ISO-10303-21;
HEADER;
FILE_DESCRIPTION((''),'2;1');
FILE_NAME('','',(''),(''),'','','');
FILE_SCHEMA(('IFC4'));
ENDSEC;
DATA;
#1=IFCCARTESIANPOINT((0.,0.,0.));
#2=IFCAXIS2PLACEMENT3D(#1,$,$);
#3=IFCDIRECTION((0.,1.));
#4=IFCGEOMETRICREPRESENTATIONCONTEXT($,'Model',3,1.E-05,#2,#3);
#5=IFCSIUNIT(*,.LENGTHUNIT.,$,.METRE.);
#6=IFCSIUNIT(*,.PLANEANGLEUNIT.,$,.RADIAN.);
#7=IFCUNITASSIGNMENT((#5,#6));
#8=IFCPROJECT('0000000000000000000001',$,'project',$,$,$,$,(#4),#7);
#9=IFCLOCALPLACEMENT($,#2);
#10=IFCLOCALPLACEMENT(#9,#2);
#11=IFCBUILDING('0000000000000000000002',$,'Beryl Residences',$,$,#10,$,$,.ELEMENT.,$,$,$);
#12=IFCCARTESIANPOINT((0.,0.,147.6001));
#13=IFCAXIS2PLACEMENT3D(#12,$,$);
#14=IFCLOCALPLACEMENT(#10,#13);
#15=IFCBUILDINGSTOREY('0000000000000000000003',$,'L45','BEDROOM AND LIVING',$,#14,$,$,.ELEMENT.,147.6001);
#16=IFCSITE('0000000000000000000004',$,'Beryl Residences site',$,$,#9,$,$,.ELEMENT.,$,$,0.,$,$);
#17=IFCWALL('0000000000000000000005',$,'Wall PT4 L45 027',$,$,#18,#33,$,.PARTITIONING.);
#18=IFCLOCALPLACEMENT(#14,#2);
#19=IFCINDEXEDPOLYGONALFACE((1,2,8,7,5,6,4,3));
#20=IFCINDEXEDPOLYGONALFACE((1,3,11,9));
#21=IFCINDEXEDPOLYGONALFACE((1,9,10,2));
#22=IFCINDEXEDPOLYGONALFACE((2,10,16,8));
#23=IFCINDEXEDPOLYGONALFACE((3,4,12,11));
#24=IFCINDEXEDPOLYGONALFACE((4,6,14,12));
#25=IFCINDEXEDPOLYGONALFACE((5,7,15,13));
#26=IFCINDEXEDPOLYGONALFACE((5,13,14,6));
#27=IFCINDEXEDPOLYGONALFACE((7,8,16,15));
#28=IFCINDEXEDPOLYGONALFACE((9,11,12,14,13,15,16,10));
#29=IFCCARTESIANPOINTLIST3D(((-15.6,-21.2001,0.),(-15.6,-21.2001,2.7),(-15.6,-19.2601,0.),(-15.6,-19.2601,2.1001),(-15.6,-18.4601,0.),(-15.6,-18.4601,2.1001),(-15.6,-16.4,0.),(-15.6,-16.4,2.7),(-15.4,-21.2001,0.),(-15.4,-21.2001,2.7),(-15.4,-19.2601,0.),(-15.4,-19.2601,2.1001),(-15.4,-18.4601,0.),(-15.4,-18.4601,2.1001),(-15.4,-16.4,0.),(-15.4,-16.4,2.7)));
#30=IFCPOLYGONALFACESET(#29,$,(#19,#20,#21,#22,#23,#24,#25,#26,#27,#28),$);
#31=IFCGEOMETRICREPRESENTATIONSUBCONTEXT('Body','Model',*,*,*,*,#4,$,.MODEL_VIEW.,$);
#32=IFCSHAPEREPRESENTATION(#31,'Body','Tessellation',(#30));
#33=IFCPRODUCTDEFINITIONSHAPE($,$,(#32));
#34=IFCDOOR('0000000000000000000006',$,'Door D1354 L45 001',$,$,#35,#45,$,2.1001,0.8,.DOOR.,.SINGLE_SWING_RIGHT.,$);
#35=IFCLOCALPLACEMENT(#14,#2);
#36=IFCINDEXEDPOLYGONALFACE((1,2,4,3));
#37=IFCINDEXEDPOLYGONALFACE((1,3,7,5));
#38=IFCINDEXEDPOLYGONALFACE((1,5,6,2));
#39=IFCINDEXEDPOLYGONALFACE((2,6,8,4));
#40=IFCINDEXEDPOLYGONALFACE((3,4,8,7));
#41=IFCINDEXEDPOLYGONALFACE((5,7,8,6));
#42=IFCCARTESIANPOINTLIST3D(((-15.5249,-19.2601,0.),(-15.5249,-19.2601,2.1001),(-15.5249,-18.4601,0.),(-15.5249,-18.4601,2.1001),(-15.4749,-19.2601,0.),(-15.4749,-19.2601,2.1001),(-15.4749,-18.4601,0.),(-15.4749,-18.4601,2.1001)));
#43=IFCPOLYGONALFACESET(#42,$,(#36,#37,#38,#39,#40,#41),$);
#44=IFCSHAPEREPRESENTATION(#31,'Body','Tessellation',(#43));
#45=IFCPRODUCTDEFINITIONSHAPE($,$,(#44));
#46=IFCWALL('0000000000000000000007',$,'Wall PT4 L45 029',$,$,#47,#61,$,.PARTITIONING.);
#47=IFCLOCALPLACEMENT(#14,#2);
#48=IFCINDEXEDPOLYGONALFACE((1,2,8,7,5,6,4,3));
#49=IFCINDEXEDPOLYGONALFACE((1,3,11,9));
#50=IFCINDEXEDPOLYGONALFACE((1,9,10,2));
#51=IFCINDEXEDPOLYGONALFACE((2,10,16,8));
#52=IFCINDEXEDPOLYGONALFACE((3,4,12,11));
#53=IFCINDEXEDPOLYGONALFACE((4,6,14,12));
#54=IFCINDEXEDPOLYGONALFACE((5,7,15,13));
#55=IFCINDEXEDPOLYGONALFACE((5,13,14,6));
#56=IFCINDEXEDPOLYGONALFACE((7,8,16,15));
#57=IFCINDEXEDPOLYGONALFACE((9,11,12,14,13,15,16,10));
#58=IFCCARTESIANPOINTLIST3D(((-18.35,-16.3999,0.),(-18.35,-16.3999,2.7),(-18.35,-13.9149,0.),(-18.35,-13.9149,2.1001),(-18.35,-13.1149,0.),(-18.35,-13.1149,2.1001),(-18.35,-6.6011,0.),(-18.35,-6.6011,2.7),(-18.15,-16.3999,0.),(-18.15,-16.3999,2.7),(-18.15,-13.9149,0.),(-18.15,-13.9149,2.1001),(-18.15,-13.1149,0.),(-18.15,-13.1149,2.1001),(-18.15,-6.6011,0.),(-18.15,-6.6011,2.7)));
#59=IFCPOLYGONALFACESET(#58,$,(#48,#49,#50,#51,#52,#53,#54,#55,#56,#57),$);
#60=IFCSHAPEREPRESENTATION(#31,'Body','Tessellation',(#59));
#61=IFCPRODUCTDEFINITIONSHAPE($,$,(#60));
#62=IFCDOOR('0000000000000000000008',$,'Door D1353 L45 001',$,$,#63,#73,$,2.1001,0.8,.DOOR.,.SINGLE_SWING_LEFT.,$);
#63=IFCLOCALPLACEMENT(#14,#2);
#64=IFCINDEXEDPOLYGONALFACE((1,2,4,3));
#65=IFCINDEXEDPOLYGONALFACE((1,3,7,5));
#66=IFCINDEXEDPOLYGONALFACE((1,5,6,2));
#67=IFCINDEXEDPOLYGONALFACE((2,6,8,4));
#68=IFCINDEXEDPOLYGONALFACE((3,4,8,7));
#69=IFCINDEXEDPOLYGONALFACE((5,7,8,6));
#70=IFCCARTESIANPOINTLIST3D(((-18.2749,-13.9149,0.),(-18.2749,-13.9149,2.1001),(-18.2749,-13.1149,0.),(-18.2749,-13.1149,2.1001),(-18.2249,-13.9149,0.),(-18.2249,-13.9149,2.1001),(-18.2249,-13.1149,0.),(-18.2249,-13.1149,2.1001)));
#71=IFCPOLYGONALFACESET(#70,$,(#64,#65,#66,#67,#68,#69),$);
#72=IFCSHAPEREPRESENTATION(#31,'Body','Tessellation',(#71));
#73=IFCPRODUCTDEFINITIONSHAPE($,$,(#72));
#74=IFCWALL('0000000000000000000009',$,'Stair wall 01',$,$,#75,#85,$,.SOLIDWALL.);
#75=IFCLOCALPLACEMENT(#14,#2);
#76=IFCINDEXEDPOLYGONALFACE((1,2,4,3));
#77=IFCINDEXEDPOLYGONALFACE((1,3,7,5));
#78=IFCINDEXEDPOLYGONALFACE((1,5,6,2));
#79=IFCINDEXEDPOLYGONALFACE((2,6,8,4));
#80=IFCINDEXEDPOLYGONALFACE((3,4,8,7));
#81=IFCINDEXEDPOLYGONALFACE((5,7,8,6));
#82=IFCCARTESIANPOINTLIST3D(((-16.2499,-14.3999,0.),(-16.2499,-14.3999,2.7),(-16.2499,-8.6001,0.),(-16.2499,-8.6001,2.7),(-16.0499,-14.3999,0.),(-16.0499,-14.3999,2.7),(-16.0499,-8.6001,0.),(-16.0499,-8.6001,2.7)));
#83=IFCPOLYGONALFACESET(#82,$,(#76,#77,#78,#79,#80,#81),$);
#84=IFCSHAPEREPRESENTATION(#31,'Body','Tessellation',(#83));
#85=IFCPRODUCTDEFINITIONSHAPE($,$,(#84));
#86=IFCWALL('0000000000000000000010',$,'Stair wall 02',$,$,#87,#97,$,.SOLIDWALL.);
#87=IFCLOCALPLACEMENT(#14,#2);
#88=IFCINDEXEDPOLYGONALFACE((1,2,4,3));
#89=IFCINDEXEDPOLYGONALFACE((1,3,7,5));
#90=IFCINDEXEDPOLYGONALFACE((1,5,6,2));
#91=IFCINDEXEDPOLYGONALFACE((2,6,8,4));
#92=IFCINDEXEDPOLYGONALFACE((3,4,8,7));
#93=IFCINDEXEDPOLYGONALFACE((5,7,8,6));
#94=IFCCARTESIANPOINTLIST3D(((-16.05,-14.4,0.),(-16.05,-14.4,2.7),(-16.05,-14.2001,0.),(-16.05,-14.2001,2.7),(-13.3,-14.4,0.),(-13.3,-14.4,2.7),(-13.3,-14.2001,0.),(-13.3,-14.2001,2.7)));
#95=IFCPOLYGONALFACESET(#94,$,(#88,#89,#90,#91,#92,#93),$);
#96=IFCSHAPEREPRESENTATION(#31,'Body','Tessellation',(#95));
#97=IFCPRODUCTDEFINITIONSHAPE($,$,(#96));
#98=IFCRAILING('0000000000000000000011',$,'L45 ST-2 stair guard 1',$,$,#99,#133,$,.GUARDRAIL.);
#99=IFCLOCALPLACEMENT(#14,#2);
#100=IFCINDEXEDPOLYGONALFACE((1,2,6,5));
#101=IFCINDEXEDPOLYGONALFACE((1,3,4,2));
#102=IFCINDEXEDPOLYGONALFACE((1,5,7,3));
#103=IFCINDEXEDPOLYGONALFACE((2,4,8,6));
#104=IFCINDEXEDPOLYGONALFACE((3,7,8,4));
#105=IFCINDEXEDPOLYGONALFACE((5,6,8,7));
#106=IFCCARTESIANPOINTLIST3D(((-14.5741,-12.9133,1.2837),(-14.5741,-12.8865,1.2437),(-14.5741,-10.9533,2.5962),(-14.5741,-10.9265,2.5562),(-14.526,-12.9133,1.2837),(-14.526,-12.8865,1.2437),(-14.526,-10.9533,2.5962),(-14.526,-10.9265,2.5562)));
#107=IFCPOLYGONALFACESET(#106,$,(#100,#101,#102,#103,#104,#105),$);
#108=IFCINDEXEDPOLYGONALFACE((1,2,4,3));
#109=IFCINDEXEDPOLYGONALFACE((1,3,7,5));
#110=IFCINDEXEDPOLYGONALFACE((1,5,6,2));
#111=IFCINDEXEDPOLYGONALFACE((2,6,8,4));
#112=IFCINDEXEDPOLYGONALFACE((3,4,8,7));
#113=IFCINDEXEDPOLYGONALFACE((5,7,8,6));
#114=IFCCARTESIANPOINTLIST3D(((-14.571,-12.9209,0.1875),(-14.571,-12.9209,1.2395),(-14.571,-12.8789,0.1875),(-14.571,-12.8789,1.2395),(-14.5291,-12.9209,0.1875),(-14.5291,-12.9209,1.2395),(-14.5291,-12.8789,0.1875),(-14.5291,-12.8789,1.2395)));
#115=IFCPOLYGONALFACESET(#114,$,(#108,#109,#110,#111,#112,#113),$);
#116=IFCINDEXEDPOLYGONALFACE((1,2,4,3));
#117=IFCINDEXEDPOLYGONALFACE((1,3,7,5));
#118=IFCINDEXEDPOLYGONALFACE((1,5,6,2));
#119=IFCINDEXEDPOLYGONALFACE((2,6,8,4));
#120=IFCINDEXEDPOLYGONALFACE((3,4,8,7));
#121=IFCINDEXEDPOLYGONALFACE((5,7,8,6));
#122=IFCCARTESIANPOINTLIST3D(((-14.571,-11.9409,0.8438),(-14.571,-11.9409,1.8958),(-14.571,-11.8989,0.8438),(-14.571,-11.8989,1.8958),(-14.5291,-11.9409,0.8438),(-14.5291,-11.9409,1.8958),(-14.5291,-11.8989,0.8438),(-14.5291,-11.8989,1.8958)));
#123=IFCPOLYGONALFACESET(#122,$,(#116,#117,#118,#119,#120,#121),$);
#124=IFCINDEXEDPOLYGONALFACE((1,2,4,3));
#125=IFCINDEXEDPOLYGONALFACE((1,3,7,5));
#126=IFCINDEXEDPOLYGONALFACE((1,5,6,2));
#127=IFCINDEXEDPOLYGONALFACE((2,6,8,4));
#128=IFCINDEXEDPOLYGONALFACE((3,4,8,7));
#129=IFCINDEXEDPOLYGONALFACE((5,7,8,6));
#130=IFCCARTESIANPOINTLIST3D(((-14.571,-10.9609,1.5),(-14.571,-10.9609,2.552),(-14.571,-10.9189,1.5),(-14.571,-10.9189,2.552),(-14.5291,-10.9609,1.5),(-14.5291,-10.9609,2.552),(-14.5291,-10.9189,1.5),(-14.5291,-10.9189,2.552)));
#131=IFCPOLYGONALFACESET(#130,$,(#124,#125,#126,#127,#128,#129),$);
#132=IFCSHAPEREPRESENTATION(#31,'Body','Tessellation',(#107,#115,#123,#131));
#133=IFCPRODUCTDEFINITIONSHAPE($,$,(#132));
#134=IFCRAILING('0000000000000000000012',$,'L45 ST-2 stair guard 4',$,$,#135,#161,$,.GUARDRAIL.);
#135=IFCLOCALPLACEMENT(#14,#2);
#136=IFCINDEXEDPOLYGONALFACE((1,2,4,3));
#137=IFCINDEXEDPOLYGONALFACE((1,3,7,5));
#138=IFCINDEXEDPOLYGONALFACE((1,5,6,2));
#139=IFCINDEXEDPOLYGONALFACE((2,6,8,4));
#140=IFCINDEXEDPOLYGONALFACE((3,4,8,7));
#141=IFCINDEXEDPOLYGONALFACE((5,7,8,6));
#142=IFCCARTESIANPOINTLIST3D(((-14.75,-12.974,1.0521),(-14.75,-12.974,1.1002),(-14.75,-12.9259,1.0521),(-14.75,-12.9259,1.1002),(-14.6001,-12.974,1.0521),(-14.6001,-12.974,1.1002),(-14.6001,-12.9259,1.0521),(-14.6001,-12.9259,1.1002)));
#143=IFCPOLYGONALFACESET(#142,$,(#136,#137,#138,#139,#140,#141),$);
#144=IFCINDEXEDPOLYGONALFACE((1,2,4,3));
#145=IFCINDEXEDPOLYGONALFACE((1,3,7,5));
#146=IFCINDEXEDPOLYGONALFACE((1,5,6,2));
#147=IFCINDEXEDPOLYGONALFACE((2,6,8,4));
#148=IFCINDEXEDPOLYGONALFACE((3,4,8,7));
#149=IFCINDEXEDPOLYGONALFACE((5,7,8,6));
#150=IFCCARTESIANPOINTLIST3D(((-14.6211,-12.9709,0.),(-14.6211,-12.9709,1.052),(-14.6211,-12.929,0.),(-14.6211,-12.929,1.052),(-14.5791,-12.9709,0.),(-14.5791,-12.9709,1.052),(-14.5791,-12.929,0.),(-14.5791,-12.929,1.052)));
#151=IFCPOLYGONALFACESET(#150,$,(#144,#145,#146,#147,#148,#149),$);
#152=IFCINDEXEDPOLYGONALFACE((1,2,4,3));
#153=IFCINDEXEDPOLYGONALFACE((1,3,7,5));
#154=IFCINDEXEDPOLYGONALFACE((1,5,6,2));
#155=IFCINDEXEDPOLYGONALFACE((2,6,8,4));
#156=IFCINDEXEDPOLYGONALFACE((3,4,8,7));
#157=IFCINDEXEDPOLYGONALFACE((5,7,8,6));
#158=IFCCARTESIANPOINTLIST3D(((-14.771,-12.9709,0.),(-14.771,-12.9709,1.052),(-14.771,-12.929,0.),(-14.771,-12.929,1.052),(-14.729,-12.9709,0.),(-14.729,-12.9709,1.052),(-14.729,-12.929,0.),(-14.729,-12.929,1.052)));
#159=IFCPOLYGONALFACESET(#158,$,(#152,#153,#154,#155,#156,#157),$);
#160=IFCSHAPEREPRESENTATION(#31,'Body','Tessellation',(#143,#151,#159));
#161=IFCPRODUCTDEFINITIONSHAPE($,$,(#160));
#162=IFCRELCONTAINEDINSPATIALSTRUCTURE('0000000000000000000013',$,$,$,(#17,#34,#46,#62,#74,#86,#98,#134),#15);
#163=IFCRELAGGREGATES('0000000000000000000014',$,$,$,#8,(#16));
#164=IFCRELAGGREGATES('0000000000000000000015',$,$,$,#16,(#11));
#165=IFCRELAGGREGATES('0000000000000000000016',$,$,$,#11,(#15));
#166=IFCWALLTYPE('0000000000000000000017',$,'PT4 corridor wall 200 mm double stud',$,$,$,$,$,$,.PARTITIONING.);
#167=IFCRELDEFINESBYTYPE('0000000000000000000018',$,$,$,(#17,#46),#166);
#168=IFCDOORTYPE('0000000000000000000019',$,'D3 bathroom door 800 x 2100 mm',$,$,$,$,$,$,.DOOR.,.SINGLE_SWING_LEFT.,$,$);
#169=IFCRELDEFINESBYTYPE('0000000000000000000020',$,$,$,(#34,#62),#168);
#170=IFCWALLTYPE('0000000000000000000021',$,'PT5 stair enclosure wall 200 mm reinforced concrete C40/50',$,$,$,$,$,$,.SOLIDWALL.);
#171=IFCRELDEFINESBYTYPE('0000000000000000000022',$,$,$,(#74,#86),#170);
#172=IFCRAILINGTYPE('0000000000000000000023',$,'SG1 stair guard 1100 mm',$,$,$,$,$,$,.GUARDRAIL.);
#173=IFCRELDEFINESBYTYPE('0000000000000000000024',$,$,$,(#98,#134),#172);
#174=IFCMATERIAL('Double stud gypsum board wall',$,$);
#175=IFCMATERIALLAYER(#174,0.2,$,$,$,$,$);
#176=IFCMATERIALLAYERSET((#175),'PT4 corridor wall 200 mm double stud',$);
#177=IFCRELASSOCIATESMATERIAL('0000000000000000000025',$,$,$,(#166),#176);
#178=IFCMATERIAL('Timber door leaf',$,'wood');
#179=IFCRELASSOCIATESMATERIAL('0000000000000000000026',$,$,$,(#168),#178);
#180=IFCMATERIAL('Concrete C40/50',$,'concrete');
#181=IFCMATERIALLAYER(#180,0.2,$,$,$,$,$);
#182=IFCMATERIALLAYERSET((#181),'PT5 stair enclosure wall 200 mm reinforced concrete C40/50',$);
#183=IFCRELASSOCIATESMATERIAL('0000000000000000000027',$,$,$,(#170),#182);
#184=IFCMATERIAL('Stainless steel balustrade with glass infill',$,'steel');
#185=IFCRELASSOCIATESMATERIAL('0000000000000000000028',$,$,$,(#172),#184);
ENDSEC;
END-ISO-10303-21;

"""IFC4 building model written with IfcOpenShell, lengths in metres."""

from ifc_helpers import new_model, si_unit, direction, frame, frame_2d, origin, origin_2d, place, context, subcontext, project, spatial, rectangle, extrude, material, layer, layer_set, type_object, element, fill, save


model = new_model("IFC4")

# Units and contexts
model_context = context("Model", 3, precision=1e-05, world=origin(), true_north=direction((0.0, 1.0)))
body_context = subcontext(model_context, "Body", "Model", "MODEL_VIEW")
ifc_project = project(units=[si_unit("LENGTHUNIT", "METRE"), si_unit("PLANEANGLEUNIT", "RADIAN")], contexts=[model_context])

# Site, building, storey
site_placement = place(None, origin())
site = spatial("IfcSite", under=ifc_project, at=site_placement, Name="Beryl Residences site", CompositionType="ELEMENT", RefElevation=0.0)
building_placement = place(site_placement, origin())
building = spatial("IfcBuilding", under=site, at=building_placement, Name="Beryl Residences", CompositionType="ELEMENT")
storey_placement = place(building_placement, frame((0.0, 0.0, 147.6001)))
storey = spatial("IfcBuildingStorey", under=building, at=storey_placement, Name="L45", Description="BEDROOM AND LIVING", CompositionType="ELEMENT", Elevation=147.6001)

# Shared definitions
ifc_material_1 = material(Name="Double stud gypsum board wall")
ifc_layer_1 = layer(ifc_material_1, 0.2)
ifc_layer_set_1 = layer_set([ifc_layer_1], Name="PT4 corridor wall 200 mm double stud")
wall_type_1 = type_object("IfcWallType", Name="PT4 corridor wall 200 mm double stud", PredefinedType="PARTITIONING", material=ifc_layer_set_1)

# Shared definitions
ifc_material_2 = material(Name="Timber door leaf", Category="wood")
door_type_1 = type_object("IfcDoorType", Name="D3 bathroom door 800 x 2100 mm", OperationType="SINGLE_SWING_LEFT", PredefinedType="DOOR", material=ifc_material_2)

# Walls, openings, doors
wall_1_placement = place(storey_placement, frame((-15.5, -21.2, 0.0), z_axis=(0.0, 0.0, 1.0), x_axis=(0.0, 1.0, 0.0)))
wall_1 = element("IfcWall", 1, at=wall_1_placement, inside=storey, type_object=wall_type_1, Name="Wall PT4 L45 027", PredefinedType="PARTITIONING", context=body_context, shape_type="SweptSolid", body=[
    extrude(rectangle(XDim=4.8, YDim=0.2, at=frame_2d((2.3999, 0.0))), origin(), (0.0, 0.0, 1.0), 2.7),
])
opening_1_placement = place(wall_1_placement, frame((1.9399, 0.0, 0.0)))
opening_1 = element("IfcOpeningElement", 2, at=opening_1_placement, cuts=wall_1, PredefinedType="OPENING", context=body_context, shape_type="SweptSolid", body=[
    extrude(rectangle(XDim=0.8, YDim=2.1001, at=frame_2d((0.3999, 1.05))), frame((0.0, 0.1099, 0.0), z_axis=(0.0, -1.0, 0.0), x_axis=(1.0, 0.0, 0.0)), (0.0, 0.0, 1.0), 0.22),
])
door_1_placement = place(opening_1_placement, origin())
door_1 = element("IfcDoor", 3, at=door_1_placement, inside=storey, type_object=door_type_1, Name="Door D1354 L45 001", OperationType="SINGLE_SWING_RIGHT", OverallHeight=2.1001, OverallWidth=0.8, PredefinedType="DOOR", context=body_context, shape_type="SweptSolid", body=[
    extrude(rectangle(XDim=0.8, YDim=2.1001, at=frame_2d((0.3999, 1.05))), frame((0.0, 0.0249, 0.0), z_axis=(0.0, -1.0, 0.0), x_axis=(1.0, 0.0, 0.0)), (0.0, 0.0, 1.0), 0.05),
])
fill(opening_1, door_1)
wall_2_placement = place(storey_placement, frame((-18.25, -16.3999, 0.0), z_axis=(0.0, 0.0, 1.0), x_axis=(0.0, 1.0, 0.0)))
wall_2 = element("IfcWall", 4, at=wall_2_placement, inside=storey, type_object=wall_type_1, Name="Wall PT4 L45 029", PredefinedType="PARTITIONING", context=body_context, shape_type="SweptSolid", body=[
    extrude(rectangle(XDim=9.7988, YDim=0.2, at=frame_2d((4.8994, 0.0))), origin(), (0.0, 0.0, 1.0), 2.7),
])
opening_2_placement = place(wall_2_placement, frame((2.4851, 0.0, 0.0)))
opening_2 = element("IfcOpeningElement", 5, at=opening_2_placement, cuts=wall_2, PredefinedType="OPENING", context=body_context, shape_type="SweptSolid", body=[
    extrude(rectangle(XDim=0.8, YDim=2.1001, at=frame_2d((0.3999, 1.05))), frame((0.0, 0.1099, 0.0), z_axis=(0.0, -1.0, 0.0), x_axis=(1.0, 0.0, 0.0)), (0.0, 0.0, 1.0), 0.22),
])
door_2_placement = place(opening_2_placement, origin())
door_2 = element("IfcDoor", 6, at=door_2_placement, inside=storey, type_object=door_type_1, Name="Door D1353 L45 001", OperationType="SINGLE_SWING_LEFT", OverallHeight=2.1001, OverallWidth=0.8, PredefinedType="DOOR", context=body_context, shape_type="SweptSolid", body=[
    extrude(rectangle(XDim=0.8, YDim=2.1001, at=frame_2d((0.3999, 1.05))), frame((0.0, 0.0249, 0.0), z_axis=(0.0, -1.0, 0.0), x_axis=(1.0, 0.0, 0.0)), (0.0, 0.0, 1.0), 0.05),
])
fill(opening_2, door_2)

# Walls
ifc_material_3 = material(Name="Concrete C40/50", Category="concrete")
ifc_layer_2 = layer(ifc_material_3, 0.2)
ifc_layer_set_2 = layer_set([ifc_layer_2], Name="PT5 stair enclosure wall 200 mm reinforced concrete C40/50")
wall_type_2 = type_object("IfcWallType", Name="PT5 stair enclosure wall 200 mm reinforced concrete C40/50", PredefinedType="SOLIDWALL", material=ifc_layer_set_2)
wall_3_placement = place(storey_placement, frame((-16.1499, -14.3999, 0.0), z_axis=(0.0, 0.0, 1.0), x_axis=(0.0, 1.0, 0.0)))
element("IfcWall", 7, at=wall_3_placement, inside=storey, type_object=wall_type_2, Name="Stair wall 01", PredefinedType="SOLIDWALL", context=body_context, shape_type="SweptSolid", body=[
    extrude(rectangle(XDim=5.7998, YDim=0.2, at=frame_2d((2.8999, 0.0))), origin(), (0.0, 0.0, 1.0), 2.7),
])
wall_4_placement = place(storey_placement, frame((-16.05, -14.3, 0.0), z_axis=(0.0, 0.0, 1.0), x_axis=(1.0, 0.0, 0.0)))
element("IfcWall", 8, at=wall_4_placement, inside=storey, type_object=wall_type_2, Name="Stair wall 02", PredefinedType="SOLIDWALL", context=body_context, shape_type="SweptSolid", body=[
    extrude(rectangle(XDim=2.75, YDim=0.2, at=frame_2d((1.375, 0.0))), origin(), (0.0, 0.0, 1.0), 2.7),
])

# Railings
ifc_material_4 = material(Name="Stainless steel balustrade with glass infill", Category="steel")
railing_type = type_object("IfcRailingType", Name="SG1 stair guard 1100 mm", PredefinedType="GUARDRAIL", material=ifc_material_4)
railing_1_placement = place(storey_placement, frame((-14.55, -12.8999, 0.1875)))
element("IfcRailing", 9, at=railing_1_placement, inside=storey, type_object=railing_type, Name="L45 ST-2 stair guard 1", PredefinedType="GUARDRAIL", context=body_context, shape_type="SweptSolid", body=[
    extrude(rectangle(XDim=0.0481, YDim=0.0481, at=origin_2d()), frame((0.0, 0.0, 1.0762), z_axis=(0.0, 0.830902, 0.556419), x_axis=(-1.0, 0.0, 0.0)), (0.0, 0.0, 1.0), 2.3589),
    extrude(rectangle(XDim=0.042, YDim=0.042, at=origin_2d()), origin(), (0.0, 0.0, 1.0), 1.052),
    extrude(rectangle(XDim=0.042, YDim=0.042, at=origin_2d()), frame((0.0, 0.98, 0.6562)), (0.0, 0.0, 1.0), 1.052),
    extrude(rectangle(XDim=0.042, YDim=0.042, at=origin_2d()), frame((0.0, 1.96, 1.3125)), (0.0, 0.0, 1.0), 1.052),
])
railing_2_placement = place(storey_placement, frame((-14.6001, -12.95, 0.0)))
element("IfcRailing", 10, at=railing_2_placement, inside=storey, type_object=railing_type, Name="L45 ST-2 stair guard 4", PredefinedType="GUARDRAIL", context=body_context, shape_type="SweptSolid", body=[
    extrude(rectangle(XDim=0.0481, YDim=0.0481, at=origin_2d()), frame((0.0, 0.0, 1.0762), z_axis=(-1.0, 0.0, 0.0), x_axis=(0.0, -1.0, 0.0)), (0.0, 0.0, 1.0), 0.1499),
    extrude(rectangle(XDim=0.042, YDim=0.042, at=origin_2d()), origin(), (0.0, 0.0, 1.0), 1.052),
    extrude(rectangle(XDim=0.042, YDim=0.042, at=origin_2d()), frame((-0.1499, 0.0, 0.0)), (0.0, 0.0, 1.0), 1.052),
])

save(model, "model.ifc")
